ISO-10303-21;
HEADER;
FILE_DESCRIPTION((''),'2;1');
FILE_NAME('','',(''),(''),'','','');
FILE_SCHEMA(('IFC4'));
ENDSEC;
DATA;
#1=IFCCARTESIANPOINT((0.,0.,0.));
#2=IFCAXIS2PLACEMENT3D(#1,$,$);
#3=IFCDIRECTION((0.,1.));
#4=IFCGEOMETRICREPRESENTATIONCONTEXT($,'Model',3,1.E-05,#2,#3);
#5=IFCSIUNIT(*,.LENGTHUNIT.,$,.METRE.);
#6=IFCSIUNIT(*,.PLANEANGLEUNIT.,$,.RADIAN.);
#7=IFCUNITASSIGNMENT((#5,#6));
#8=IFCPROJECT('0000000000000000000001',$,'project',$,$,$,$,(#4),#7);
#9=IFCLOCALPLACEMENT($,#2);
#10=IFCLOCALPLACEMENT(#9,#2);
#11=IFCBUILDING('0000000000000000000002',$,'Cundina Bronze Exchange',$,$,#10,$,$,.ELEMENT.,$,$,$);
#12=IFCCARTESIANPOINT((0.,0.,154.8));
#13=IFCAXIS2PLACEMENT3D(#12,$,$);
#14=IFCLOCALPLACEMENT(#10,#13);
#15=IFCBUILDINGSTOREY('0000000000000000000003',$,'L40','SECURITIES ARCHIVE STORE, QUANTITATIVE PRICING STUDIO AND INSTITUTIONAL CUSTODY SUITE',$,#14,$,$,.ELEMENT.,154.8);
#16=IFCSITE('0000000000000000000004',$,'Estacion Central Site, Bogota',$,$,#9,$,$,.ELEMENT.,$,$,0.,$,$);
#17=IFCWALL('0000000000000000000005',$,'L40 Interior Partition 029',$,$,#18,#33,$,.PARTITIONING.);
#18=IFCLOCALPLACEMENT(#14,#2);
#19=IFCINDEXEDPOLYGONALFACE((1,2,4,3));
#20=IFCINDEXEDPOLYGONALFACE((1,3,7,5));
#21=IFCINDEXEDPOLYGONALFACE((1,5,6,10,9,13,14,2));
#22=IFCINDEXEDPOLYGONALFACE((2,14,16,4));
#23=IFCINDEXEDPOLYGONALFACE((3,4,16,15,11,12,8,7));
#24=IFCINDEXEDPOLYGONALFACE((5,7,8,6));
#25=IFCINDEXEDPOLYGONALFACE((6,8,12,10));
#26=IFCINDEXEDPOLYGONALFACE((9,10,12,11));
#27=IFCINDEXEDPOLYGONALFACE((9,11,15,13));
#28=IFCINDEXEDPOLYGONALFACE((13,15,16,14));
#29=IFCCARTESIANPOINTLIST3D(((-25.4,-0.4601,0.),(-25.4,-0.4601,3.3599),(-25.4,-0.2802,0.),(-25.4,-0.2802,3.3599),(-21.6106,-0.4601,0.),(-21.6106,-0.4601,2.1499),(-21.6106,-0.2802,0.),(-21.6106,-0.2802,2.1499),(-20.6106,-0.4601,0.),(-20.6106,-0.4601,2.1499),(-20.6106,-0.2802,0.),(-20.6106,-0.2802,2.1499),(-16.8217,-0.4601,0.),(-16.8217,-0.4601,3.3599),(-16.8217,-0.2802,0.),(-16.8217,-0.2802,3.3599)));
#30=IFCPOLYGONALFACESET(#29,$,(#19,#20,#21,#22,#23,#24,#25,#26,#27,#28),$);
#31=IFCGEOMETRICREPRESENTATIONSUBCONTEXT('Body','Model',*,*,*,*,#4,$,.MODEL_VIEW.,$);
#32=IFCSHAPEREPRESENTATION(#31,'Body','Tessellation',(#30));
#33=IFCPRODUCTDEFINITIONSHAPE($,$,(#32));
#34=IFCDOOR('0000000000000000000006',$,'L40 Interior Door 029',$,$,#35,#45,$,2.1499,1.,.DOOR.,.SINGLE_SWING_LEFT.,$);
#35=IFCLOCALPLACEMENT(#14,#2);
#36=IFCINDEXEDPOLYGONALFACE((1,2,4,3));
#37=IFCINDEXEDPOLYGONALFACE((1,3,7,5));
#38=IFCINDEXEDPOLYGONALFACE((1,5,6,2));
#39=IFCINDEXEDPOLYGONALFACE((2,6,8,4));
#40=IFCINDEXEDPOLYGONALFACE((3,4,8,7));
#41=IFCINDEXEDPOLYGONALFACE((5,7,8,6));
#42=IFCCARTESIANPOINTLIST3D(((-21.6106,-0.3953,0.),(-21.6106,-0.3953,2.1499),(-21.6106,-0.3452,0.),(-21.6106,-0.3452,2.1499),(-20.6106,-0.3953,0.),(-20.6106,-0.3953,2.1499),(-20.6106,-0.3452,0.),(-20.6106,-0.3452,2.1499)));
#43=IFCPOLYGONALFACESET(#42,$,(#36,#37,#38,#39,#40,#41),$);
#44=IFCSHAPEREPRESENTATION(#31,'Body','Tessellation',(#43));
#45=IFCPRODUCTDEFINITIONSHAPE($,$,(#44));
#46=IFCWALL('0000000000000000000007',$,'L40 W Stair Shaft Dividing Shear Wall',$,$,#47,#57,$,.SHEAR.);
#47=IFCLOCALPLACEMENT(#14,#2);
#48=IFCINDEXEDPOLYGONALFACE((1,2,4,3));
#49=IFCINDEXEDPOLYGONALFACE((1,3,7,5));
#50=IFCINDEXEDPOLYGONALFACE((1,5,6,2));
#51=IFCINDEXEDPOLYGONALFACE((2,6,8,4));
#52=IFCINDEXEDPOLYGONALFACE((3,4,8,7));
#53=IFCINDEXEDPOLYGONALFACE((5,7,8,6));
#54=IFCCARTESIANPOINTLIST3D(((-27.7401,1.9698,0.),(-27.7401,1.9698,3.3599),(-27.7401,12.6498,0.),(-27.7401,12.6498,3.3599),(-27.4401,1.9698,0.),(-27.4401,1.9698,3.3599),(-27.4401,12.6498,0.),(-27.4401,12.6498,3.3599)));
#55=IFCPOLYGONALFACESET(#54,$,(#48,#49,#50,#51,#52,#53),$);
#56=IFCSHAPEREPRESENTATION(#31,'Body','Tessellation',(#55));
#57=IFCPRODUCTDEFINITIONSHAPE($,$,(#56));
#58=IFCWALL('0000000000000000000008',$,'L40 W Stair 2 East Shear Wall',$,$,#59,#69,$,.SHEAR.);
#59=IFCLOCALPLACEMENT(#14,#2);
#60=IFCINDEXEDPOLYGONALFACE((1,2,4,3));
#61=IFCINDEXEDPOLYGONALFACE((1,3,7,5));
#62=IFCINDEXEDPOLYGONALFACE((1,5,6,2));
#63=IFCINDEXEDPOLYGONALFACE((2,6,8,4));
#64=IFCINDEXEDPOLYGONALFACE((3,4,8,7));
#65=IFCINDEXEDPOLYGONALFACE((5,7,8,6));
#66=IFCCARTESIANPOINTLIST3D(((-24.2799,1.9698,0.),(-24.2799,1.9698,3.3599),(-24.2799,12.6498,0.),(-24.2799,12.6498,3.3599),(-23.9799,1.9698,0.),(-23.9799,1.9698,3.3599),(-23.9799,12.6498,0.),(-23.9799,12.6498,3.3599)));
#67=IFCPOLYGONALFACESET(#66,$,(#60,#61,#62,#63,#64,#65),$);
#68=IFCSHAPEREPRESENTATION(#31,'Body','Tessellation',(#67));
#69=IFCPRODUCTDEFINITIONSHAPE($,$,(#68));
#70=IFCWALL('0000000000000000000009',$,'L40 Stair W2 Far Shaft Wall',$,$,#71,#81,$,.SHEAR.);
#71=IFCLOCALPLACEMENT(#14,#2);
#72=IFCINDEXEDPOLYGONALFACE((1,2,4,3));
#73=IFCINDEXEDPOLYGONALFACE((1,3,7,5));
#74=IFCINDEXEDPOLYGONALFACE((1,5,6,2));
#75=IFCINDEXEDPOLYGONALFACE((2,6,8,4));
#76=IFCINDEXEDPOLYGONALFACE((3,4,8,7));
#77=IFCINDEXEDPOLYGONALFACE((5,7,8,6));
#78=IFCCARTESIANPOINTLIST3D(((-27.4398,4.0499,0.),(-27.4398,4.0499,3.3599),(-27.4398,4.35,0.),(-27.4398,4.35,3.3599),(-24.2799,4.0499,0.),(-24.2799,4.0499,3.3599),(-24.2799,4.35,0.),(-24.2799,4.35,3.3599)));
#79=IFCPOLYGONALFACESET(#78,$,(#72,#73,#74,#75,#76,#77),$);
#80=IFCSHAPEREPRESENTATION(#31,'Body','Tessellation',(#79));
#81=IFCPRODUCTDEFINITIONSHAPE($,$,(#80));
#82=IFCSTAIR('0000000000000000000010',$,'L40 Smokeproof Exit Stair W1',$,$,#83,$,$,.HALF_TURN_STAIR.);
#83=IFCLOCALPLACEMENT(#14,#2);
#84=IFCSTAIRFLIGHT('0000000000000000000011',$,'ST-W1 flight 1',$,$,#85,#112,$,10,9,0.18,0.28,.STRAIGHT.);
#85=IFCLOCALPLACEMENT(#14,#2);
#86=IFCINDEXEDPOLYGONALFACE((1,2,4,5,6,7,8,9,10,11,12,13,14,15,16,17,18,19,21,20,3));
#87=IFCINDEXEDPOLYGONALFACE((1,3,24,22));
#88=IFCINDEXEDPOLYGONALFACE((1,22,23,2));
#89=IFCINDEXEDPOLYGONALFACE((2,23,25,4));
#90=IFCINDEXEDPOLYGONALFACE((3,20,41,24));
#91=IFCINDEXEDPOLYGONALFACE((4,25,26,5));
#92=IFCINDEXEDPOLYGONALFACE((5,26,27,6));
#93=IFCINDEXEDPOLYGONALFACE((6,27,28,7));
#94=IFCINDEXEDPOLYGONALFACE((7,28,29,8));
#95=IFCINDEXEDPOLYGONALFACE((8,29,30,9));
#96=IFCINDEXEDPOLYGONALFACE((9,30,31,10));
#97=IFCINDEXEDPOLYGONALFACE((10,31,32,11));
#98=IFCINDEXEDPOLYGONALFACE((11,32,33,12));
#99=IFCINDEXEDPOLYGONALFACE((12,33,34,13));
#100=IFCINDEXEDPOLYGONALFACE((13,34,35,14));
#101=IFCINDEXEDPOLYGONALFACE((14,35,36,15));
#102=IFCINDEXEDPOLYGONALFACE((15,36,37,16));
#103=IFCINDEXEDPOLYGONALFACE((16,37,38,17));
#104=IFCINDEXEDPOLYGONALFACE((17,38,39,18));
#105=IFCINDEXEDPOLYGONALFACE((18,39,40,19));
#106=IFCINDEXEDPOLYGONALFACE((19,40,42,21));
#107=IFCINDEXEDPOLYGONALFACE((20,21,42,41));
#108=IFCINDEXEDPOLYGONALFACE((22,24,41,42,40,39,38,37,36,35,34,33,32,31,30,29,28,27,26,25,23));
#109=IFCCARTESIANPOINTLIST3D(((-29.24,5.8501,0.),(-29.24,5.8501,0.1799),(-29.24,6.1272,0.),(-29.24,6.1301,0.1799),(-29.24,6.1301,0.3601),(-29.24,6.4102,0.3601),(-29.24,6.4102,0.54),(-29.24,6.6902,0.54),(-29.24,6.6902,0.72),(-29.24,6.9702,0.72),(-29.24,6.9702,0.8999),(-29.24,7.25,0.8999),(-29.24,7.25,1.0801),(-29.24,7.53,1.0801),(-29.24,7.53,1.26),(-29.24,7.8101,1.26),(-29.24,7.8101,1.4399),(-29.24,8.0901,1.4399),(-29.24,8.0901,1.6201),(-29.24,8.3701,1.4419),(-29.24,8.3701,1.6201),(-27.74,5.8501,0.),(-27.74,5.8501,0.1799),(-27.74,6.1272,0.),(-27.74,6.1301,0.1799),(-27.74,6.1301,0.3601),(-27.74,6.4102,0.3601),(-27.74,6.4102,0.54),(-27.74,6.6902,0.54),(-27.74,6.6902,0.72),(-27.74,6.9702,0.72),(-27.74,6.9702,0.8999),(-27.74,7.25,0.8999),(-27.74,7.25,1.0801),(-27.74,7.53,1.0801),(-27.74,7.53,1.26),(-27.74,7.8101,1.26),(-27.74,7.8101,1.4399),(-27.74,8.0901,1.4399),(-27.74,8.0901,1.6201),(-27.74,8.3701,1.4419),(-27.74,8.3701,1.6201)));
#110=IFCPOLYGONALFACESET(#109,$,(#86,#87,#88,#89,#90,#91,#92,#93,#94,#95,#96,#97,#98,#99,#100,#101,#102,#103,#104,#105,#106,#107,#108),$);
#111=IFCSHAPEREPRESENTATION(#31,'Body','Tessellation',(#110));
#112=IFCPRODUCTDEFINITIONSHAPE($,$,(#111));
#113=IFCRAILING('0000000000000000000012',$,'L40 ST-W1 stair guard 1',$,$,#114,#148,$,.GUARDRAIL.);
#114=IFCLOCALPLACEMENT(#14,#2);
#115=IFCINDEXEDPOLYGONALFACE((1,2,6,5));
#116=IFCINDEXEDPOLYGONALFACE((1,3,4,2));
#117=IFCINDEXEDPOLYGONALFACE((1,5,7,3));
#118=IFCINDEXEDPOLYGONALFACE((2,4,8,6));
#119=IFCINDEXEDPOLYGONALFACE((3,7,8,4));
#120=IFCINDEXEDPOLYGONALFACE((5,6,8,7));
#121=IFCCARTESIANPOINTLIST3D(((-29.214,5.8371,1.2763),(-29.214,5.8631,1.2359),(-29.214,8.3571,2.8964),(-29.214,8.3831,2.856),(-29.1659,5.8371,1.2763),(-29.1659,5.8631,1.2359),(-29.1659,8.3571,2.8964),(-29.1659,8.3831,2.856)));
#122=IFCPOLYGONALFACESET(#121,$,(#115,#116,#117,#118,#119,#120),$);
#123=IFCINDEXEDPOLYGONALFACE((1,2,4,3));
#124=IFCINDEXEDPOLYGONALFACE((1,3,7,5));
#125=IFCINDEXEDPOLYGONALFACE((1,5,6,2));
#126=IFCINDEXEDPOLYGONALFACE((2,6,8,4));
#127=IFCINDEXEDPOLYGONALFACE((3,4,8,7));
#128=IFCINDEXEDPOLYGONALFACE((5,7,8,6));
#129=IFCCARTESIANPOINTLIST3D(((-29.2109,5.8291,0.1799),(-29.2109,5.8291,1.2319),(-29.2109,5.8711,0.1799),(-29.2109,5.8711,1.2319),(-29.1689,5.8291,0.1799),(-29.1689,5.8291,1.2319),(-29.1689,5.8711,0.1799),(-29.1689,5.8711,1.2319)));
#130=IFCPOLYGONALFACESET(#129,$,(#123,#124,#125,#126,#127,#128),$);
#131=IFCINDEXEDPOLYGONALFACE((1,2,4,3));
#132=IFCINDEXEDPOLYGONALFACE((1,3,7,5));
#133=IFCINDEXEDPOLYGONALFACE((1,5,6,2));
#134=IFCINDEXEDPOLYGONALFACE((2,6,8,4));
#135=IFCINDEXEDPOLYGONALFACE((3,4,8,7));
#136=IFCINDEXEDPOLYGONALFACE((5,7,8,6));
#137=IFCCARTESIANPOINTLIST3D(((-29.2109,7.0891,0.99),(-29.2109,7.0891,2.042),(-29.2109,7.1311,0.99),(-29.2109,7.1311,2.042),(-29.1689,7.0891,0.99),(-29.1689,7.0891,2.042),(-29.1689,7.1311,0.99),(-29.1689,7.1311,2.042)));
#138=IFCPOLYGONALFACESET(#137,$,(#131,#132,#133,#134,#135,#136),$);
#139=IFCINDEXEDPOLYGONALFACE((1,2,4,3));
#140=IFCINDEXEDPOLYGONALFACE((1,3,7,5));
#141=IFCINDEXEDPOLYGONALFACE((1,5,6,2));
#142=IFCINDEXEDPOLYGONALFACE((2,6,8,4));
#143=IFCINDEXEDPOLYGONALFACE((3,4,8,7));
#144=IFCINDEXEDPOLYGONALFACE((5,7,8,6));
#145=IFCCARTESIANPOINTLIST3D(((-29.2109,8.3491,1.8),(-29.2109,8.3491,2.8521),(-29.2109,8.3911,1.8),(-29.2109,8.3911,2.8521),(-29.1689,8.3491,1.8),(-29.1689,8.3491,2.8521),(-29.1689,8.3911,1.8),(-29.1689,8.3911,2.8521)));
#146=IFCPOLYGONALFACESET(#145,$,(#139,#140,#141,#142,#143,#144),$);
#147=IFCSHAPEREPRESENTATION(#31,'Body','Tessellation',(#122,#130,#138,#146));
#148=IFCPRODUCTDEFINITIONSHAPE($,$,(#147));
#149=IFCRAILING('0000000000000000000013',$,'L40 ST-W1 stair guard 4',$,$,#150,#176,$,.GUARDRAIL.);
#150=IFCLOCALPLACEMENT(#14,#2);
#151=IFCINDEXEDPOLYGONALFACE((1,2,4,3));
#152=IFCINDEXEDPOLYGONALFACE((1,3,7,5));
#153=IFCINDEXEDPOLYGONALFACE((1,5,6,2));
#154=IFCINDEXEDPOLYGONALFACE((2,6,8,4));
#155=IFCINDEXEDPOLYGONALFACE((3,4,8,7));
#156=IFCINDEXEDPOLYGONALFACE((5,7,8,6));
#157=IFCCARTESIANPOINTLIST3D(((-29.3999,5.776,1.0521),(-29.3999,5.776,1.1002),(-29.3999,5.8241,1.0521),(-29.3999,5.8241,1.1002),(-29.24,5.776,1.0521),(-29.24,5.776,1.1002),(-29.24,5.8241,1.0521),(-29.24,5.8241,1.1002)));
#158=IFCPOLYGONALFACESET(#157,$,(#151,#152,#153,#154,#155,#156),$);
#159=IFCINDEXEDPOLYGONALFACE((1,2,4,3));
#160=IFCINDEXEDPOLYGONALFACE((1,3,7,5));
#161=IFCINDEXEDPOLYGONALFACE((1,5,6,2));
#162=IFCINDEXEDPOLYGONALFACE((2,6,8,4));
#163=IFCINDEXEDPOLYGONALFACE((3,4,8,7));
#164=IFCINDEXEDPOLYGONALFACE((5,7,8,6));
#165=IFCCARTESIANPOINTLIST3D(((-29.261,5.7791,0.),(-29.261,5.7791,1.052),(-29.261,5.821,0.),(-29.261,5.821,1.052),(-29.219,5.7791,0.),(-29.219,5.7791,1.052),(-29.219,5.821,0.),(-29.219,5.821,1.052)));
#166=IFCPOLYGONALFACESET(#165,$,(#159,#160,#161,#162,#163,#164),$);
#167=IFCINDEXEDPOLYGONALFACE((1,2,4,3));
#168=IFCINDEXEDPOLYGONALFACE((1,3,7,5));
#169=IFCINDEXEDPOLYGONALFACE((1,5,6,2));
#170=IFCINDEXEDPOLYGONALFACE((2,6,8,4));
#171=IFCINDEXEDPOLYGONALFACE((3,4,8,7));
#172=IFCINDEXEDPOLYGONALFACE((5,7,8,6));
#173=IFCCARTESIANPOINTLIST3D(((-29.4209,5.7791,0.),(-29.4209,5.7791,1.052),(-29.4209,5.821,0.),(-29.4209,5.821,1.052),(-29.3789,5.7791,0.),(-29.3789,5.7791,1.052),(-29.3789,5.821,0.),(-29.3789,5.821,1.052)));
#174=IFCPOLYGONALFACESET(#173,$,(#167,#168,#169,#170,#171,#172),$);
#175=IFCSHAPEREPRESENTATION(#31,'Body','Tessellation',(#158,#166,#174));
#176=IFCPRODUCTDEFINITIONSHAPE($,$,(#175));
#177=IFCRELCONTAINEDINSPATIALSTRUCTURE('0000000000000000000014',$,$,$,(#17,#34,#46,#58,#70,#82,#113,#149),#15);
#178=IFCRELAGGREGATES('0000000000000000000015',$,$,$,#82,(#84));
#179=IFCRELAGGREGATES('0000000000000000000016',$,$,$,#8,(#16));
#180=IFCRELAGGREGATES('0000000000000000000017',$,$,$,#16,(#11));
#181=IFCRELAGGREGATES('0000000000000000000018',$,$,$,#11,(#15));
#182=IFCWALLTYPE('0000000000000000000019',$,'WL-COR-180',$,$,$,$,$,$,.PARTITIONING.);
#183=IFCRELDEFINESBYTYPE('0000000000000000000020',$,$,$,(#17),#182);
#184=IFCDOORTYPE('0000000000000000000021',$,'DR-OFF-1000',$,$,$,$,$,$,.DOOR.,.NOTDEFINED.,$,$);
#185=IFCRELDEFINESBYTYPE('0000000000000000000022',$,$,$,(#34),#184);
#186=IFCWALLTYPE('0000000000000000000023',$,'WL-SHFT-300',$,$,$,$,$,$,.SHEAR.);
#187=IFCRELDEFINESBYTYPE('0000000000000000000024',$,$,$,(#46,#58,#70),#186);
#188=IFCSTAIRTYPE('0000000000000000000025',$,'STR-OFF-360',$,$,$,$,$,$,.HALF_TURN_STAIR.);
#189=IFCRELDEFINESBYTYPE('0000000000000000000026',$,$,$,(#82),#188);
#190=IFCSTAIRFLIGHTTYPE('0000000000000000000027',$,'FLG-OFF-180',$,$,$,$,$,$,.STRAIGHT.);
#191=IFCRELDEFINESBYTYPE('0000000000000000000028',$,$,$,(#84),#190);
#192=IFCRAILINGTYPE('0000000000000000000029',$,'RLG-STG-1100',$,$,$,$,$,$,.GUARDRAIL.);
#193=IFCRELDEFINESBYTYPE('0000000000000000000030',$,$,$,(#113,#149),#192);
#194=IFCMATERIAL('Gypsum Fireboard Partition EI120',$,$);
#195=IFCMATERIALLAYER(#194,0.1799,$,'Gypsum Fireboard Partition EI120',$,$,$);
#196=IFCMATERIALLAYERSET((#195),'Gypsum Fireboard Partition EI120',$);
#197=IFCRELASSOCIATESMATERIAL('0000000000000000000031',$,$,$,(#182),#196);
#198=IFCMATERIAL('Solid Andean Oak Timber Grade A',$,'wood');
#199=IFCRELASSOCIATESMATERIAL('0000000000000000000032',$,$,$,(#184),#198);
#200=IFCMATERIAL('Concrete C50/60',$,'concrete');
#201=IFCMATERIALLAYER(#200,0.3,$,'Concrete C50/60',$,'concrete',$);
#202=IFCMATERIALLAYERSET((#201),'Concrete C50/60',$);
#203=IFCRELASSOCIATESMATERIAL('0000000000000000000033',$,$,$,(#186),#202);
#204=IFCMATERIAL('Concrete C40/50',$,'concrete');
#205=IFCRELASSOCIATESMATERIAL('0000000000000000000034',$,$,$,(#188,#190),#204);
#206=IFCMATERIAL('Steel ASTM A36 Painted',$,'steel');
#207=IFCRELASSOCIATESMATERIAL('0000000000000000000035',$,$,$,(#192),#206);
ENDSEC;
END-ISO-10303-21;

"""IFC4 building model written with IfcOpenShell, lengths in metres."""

from ifc_helpers import new_model, si_unit, direction, frame, frame_2d, origin, origin_2d, place, context, subcontext, project, spatial, polyline, rectangle, outline, extrude, material, layer, layer_set, type_object, element, fill, aggregate, save


model = new_model("IFC4")

# Units and contexts
model_context = context("Model", 3, precision=1e-05, world=origin(), true_north=direction((0.0, 1.0)))
body_context = subcontext(model_context, "Body", "Model", "MODEL_VIEW")
ifc_project = project(units=[si_unit("LENGTHUNIT", "METRE"), si_unit("PLANEANGLEUNIT", "RADIAN")], contexts=[model_context])

# Site, building, storey
site_placement = place(None, origin())
site = spatial("IfcSite", under=ifc_project, at=site_placement, Name="Estacion Central Site, Bogota", CompositionType="ELEMENT", RefElevation=0.0)
building_placement = place(site_placement, origin())
building = spatial("IfcBuilding", under=site, at=building_placement, Name="Cundina Bronze Exchange", CompositionType="ELEMENT")
storey_placement = place(building_placement, frame((0.0, 0.0, 154.8)))
storey = spatial("IfcBuildingStorey", under=building, at=storey_placement, Name="L40", Description="SECURITIES ARCHIVE STORE, QUANTITATIVE PRICING STUDIO AND INSTITUTIONAL CUSTODY SUITE", CompositionType="ELEMENT", Elevation=154.8)

# Wall, opening, door
ifc_material_1 = material(Name="Gypsum Fireboard Partition EI120")
ifc_layer_1 = layer(ifc_material_1, 0.1799, Name="Gypsum Fireboard Partition EI120")
ifc_layer_set_1 = layer_set([ifc_layer_1], Name="Gypsum Fireboard Partition EI120")
wall_type_1 = type_object("IfcWallType", Name="WL-COR-180", PredefinedType="PARTITIONING", material=ifc_layer_set_1)
ifc_material_2 = material(Name="Steel ASTM A36 Painted", Category="steel")
ifc_material_3 = material(Name="Solid Andean Oak Timber Grade A", Category="wood")
door_type_1 = type_object("IfcDoorType", Name="DR-OFF-1000", OperationType="NOTDEFINED", PredefinedType="DOOR", material=ifc_material_3)
wall_1_placement = place(storey_placement, frame((-25.3999, -0.3701, 0.0), z_axis=(0.0, 0.0, 1.0), x_axis=(1.0, 0.0, 0.0)))
wall_1 = element("IfcWall", 1, at=wall_1_placement, inside=storey, type_object=wall_type_1, Name="L40 Interior Partition 029", PredefinedType="PARTITIONING", context=body_context, shape_type="SweptSolid", body=[
    extrude(rectangle(XDim=8.5784, YDim=0.1799, at=frame_2d((4.2891, 0.0))), origin(), (0.0, 0.0, 1.0), 3.3599),
])
opening_1_placement = place(wall_1_placement, frame((3.7893, 0.0, 0.0)))
opening_1 = element("IfcOpeningElement", 2, at=opening_1_placement, cuts=wall_1, PredefinedType="OPENING", context=body_context, shape_type="SweptSolid", body=[
    extrude(rectangle(XDim=1.0, YDim=2.1499, at=frame_2d((0.5, 1.075))), frame((0.0, 0.0999, 0.0), z_axis=(0.0, -1.0, 0.0), x_axis=(1.0, 0.0, 0.0)), (0.0, 0.0, 1.0), 0.2),
])
door_1_placement = place(opening_1_placement, origin())
door_1 = element("IfcDoor", 3, at=door_1_placement, inside=storey, type_object=door_type_1, Name="L40 Interior Door 029", OperationType="SINGLE_SWING_LEFT", OverallHeight=2.1499, OverallWidth=1.0, PredefinedType="DOOR", context=body_context, shape_type="SweptSolid", body=[
    extrude(rectangle(XDim=1.0, YDim=2.1499, at=frame_2d((0.5, 1.075))), frame((0.0, 0.0249, 0.0), z_axis=(0.0, -1.0, 0.0), x_axis=(1.0, 0.0, 0.0)), (0.0, 0.0, 1.0), 0.05),
])
fill(opening_1, door_1)

# Walls
ifc_material_4 = material(Name="Concrete C50/60", Category="concrete")
ifc_layer_2 = layer(ifc_material_4, 0.3, Name="Concrete C50/60", Category="concrete")
ifc_layer_set_2 = layer_set([ifc_layer_2], Name="Concrete C50/60")
wall_type_2 = type_object("IfcWallType", Name="WL-SHFT-300", PredefinedType="SHEAR", material=ifc_layer_set_2)
for number, where, z_axis, x_axis, name in (
    (4, (-27.5901, 1.97, 0.0), (0.0, 0.0, 1.0), (0.0, 1.0, 0.0), "L40 W Stair Shaft Dividing Shear Wall"),
    (5, (-24.1299, 1.97, 0.0), (0.0, 0.0, 1.0), (0.0, 1.0, 0.0), "L40 W Stair 2 East Shear Wall"),
):
    element("IfcWall", number, at=place(storey_placement, frame(where, z_axis=z_axis, x_axis=x_axis)), inside=storey, type_object=wall_type_2, Name=name, PredefinedType="SHEAR", context=body_context, shape_type="SweptSolid", body=[
        extrude(rectangle(XDim=10.6799, YDim=0.3, at=frame_2d((5.3398, 0.0))), origin(), (0.0, 0.0, 1.0), 3.3599),
    ])
wall_2_placement = place(storey_placement, frame((-27.4399, 4.2, 0.0), z_axis=(0.0, 0.0, 1.0), x_axis=(1.0, 0.0, 0.0)))
element("IfcWall", 6, at=wall_2_placement, inside=storey, type_object=wall_type_2, Name="L40 Stair W2 Far Shaft Wall", PredefinedType="SHEAR", context=body_context, shape_type="SweptSolid", body=[
    extrude(rectangle(XDim=3.1599, YDim=0.3, at=frame_2d((1.5801, 0.0))), origin(), (0.0, 0.0, 1.0), 3.3599),
])

# Stair, stair flight
ifc_material_5 = material(Name="Concrete C40/50", Category="concrete")
stair_type = type_object("IfcStairType", Name="STR-OFF-360", PredefinedType="HALF_TURN_STAIR", material=ifc_material_5)
stair_placement = place(storey_placement, origin())
stair = element("IfcStair", 7, at=stair_placement, inside=storey, type_object=stair_type, Name="L40 Smokeproof Exit Stair W1", PredefinedType="HALF_TURN_STAIR")
stair_flight_type = type_object("IfcStairFlightType", Name="FLG-OFF-180", PredefinedType="STRAIGHT", material=ifc_material_5)
stair_flight_placement = place(storey_placement, frame((-28.49, 5.8501, 0.0), z_axis=(0.0, 0.0, 1.0), x_axis=(0.0, 1.0, 0.0)))
stair_flight = element("IfcStairFlight", 8, at=stair_flight_placement, type_object=stair_flight_type, Name="ST-W1 flight 1", NumberOfRisers=10, NumberOfTreads=9, PredefinedType="STRAIGHT", RiserHeight=0.18, TreadLength=0.28, context=body_context, shape_type="SweptSolid", body=[
    extrude(outline(polyline([(0.0, 0.0), (0.0, 0.1799), (0.28, 0.1799), (0.28, 0.3601), (0.5601, 0.3601), (0.5601, 0.54), (0.8401, 0.54), (0.8401, 0.72), (1.1201, 0.72), (1.1201, 0.8999), (1.3999, 0.8999), (1.3999, 1.0801), (1.6799, 1.0801), (1.6799, 1.26), (1.96, 1.26), (1.96, 1.4399), (2.24, 1.4399), (2.24, 1.6201), (2.52, 1.6201), (2.52, 1.8), (2.52, 1.4419), (0.2771, 0.0), (0.0, 0.0)])), frame((0.0, 0.75, 0.0), z_axis=(0.0, -1.0, 0.0), x_axis=(1.0, 0.0, 0.0)), (0.0, 0.0, 1.0), 1.5),
])
aggregate(stair, [stair_flight])

# Railings
railing_type = type_object("IfcRailingType", Name="RLG-STG-1100", PredefinedType="GUARDRAIL", material=ifc_material_2)
railing_1_placement = place(storey_placement, frame((-29.1899, 5.8501, 0.1799)))
element("IfcRailing", 9, at=railing_1_placement, inside=storey, type_object=railing_type, Name="L40 ST-W1 stair guard 1", PredefinedType="GUARDRAIL", context=body_context, shape_type="SweptSolid", body=[
    extrude(rectangle(XDim=0.0481, YDim=0.0481, at=origin_2d()), frame((0.0, 0.0, 1.0762), z_axis=(0.0, 0.841163, 0.540782), x_axis=(-1.0, 0.0, 0.0)), (0.0, 0.0, 1.0), 2.9958),
    extrude(rectangle(XDim=0.042, YDim=0.042, at=origin_2d()), origin(), (0.0, 0.0, 1.0), 1.052),
    extrude(rectangle(XDim=0.042, YDim=0.042, at=origin_2d()), frame((0.0, 1.26, 0.8101)), (0.0, 0.0, 1.0), 1.052),
    extrude(rectangle(XDim=0.042, YDim=0.042, at=origin_2d()), frame((0.0, 2.52, 1.6201)), (0.0, 0.0, 1.0), 1.052),
])
railing_2_placement = place(storey_placement, frame((-29.24, 5.8, 0.0)))
element("IfcRailing", 10, at=railing_2_placement, inside=storey, type_object=railing_type, Name="L40 ST-W1 stair guard 4", PredefinedType="GUARDRAIL", context=body_context, shape_type="SweptSolid", body=[
    extrude(rectangle(XDim=0.0481, YDim=0.0481, at=origin_2d()), frame((0.0, 0.0, 1.0762), z_axis=(-1.0, 0.0, 0.0), x_axis=(0.0, -1.0, 0.0)), (0.0, 0.0, 1.0), 0.1599),
    extrude(rectangle(XDim=0.042, YDim=0.042, at=origin_2d()), origin(), (0.0, 0.0, 1.0), 1.052),
    extrude(rectangle(XDim=0.042, YDim=0.042, at=origin_2d()), frame((-0.1599, 0.0, 0.0)), (0.0, 0.0, 1.0), 1.052),
])

save(model, "model.ifc")
